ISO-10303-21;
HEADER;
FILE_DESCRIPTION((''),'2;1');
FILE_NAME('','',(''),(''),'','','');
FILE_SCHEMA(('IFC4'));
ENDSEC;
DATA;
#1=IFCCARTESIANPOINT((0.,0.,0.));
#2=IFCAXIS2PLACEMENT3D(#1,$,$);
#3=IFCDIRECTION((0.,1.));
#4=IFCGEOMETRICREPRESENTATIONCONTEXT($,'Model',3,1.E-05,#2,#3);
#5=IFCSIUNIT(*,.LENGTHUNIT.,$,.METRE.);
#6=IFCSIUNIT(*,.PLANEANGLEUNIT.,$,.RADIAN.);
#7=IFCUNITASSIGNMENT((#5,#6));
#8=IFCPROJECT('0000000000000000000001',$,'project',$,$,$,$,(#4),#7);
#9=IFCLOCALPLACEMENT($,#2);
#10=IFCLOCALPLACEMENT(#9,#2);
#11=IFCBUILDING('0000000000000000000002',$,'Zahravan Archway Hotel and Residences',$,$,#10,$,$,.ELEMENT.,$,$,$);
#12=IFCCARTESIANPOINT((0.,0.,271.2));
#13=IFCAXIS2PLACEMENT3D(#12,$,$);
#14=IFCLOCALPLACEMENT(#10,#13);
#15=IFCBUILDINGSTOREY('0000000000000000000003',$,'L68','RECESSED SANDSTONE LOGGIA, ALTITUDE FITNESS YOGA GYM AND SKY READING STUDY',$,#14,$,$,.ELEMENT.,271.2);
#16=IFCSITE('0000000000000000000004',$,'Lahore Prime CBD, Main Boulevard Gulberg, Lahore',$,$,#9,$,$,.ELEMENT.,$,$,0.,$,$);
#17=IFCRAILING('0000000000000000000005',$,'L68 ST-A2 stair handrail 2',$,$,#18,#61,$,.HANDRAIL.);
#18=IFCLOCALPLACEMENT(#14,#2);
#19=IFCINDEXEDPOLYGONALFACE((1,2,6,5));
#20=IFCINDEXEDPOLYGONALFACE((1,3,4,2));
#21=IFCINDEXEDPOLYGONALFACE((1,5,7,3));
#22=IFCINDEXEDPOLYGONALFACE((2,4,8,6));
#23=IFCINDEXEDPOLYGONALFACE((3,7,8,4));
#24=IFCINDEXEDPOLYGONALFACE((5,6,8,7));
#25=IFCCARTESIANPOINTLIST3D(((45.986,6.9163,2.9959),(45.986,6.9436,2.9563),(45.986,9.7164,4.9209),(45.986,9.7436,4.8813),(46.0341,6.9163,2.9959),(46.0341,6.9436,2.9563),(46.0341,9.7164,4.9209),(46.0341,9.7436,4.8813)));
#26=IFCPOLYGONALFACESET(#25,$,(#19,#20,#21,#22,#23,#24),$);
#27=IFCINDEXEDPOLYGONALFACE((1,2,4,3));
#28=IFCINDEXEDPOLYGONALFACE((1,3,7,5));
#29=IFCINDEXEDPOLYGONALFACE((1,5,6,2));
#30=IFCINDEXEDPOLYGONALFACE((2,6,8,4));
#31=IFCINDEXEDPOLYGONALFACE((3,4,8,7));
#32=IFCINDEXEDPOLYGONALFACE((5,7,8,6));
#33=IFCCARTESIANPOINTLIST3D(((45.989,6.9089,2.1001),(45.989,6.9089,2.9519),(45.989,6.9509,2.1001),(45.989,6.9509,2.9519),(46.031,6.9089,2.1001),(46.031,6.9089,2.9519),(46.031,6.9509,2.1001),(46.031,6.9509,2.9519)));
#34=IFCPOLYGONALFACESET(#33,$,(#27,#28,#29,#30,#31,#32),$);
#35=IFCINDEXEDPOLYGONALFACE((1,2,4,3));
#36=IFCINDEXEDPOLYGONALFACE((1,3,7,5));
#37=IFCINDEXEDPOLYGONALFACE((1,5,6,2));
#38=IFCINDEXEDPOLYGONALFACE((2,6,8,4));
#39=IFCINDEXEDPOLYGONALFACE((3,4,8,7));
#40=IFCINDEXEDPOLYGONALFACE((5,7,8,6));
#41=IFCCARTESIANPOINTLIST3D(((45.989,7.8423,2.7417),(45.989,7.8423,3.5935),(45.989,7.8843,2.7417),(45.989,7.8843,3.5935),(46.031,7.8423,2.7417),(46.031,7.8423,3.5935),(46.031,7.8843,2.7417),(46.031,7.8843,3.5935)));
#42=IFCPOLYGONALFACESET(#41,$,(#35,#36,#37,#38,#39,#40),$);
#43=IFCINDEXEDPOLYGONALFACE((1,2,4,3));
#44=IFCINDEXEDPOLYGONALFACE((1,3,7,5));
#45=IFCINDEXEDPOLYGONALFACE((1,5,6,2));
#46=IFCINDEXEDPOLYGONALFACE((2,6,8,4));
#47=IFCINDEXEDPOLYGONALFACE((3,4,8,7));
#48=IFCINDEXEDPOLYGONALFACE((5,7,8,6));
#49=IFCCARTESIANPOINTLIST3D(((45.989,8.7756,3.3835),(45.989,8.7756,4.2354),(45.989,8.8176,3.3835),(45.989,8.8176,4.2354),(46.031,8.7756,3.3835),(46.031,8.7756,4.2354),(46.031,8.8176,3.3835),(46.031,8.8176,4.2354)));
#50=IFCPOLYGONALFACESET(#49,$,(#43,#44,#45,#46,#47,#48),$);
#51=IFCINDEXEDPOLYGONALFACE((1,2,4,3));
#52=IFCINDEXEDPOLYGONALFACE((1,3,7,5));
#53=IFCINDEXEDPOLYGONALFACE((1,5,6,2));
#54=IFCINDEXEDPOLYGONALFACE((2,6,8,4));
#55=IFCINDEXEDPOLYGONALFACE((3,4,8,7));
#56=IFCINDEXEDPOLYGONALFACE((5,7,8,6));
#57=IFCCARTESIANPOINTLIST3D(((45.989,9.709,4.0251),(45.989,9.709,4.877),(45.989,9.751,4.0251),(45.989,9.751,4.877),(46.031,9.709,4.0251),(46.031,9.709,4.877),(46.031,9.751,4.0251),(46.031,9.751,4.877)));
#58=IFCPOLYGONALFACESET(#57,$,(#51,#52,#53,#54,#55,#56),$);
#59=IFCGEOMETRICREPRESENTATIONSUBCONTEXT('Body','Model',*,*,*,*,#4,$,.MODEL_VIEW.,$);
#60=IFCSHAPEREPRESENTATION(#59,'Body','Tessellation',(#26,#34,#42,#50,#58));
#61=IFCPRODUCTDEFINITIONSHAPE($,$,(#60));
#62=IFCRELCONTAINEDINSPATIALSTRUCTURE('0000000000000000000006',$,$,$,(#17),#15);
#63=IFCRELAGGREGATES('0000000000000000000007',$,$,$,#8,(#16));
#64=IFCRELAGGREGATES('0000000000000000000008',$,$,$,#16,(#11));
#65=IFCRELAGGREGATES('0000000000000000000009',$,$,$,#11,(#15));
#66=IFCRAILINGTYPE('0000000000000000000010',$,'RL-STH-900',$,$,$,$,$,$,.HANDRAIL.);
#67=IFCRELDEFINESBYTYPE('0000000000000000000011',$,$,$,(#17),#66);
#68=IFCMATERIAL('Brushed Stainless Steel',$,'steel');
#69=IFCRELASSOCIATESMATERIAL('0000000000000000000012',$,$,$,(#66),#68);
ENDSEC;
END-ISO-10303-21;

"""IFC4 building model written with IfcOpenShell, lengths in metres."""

from ifc_helpers import new_model, si_unit, direction, frame, origin, origin_2d, place, context, subcontext, project, spatial, rectangle, extrude, material, type_object, element, save


model = new_model("IFC4")

# Units and contexts
model_context = context("Model", 3, precision=1e-05, world=origin(), true_north=direction((0.0, 1.0)))
body_context = subcontext(model_context, "Body", "Model", "MODEL_VIEW")
ifc_project = project(units=[si_unit("LENGTHUNIT", "METRE"), si_unit("PLANEANGLEUNIT", "RADIAN")], contexts=[model_context])

# Site, building, storey
site_placement = place(None, origin())
site = spatial("IfcSite", under=ifc_project, at=site_placement, Name="Lahore Prime CBD, Main Boulevard Gulberg, Lahore", CompositionType="ELEMENT", RefElevation=0.0)
building_placement = place(site_placement, origin())
building = spatial("IfcBuilding", under=site, at=building_placement, Name="Zahravan Archway Hotel and Residences", CompositionType="ELEMENT")
storey_placement = place(building_placement, frame((0.0, 0.0, 271.2)))
storey = spatial("IfcBuildingStorey", under=building, at=storey_placement, Name="L68", Description="RECESSED SANDSTONE LOGGIA, ALTITUDE FITNESS YOGA GYM AND SKY READING STUDY", CompositionType="ELEMENT", Elevation=271.2)

# Railing
ifc_material_1 = material(Name="Brushed Stainless Steel", Category="steel")
railing_type_1 = type_object("IfcRailingType", Name="RL-STH-900", PredefinedType="HANDRAIL", material=ifc_material_1)
for number, where, name in (
    (1, (46.01, 6.9299, 2.1001), "L68 ST-A2 stair handrail 2"),
):
    element("IfcRailing", number, at=place(storey_placement, frame(where)), inside=storey, type_object=railing_type_1, Name=name, PredefinedType="HANDRAIL", context=body_context, shape_type="SweptSolid", body=[
        extrude(rectangle(XDim=0.0481, YDim=0.0481, at=origin_2d()), frame((0.0, 0.0, 0.876), z_axis=(0.0, 0.82404, 0.566532), x_axis=(-1.0, 0.0, 0.0)), (0.0, 0.0, 1.0), 3.3979),
        extrude(rectangle(XDim=0.042, YDim=0.042, at=origin_2d()), origin(), (0.0, 0.0, 1.0), 0.8518),
        extrude(rectangle(XDim=0.042, YDim=0.042, at=origin_2d()), frame((0.0, 0.9333, 0.6416)), (0.0, 0.0, 1.0), 0.8518),
        extrude(rectangle(XDim=0.042, YDim=0.042, at=origin_2d()), frame((0.0, 1.8667, 1.2834)), (0.0, 0.0, 1.0), 0.8518),
        extrude(rectangle(XDim=0.042, YDim=0.042, at=origin_2d()), frame((0.0, 2.8, 1.925)), (0.0, 0.0, 1.0), 0.8518),
    ])

save(model, "model.ifc")
